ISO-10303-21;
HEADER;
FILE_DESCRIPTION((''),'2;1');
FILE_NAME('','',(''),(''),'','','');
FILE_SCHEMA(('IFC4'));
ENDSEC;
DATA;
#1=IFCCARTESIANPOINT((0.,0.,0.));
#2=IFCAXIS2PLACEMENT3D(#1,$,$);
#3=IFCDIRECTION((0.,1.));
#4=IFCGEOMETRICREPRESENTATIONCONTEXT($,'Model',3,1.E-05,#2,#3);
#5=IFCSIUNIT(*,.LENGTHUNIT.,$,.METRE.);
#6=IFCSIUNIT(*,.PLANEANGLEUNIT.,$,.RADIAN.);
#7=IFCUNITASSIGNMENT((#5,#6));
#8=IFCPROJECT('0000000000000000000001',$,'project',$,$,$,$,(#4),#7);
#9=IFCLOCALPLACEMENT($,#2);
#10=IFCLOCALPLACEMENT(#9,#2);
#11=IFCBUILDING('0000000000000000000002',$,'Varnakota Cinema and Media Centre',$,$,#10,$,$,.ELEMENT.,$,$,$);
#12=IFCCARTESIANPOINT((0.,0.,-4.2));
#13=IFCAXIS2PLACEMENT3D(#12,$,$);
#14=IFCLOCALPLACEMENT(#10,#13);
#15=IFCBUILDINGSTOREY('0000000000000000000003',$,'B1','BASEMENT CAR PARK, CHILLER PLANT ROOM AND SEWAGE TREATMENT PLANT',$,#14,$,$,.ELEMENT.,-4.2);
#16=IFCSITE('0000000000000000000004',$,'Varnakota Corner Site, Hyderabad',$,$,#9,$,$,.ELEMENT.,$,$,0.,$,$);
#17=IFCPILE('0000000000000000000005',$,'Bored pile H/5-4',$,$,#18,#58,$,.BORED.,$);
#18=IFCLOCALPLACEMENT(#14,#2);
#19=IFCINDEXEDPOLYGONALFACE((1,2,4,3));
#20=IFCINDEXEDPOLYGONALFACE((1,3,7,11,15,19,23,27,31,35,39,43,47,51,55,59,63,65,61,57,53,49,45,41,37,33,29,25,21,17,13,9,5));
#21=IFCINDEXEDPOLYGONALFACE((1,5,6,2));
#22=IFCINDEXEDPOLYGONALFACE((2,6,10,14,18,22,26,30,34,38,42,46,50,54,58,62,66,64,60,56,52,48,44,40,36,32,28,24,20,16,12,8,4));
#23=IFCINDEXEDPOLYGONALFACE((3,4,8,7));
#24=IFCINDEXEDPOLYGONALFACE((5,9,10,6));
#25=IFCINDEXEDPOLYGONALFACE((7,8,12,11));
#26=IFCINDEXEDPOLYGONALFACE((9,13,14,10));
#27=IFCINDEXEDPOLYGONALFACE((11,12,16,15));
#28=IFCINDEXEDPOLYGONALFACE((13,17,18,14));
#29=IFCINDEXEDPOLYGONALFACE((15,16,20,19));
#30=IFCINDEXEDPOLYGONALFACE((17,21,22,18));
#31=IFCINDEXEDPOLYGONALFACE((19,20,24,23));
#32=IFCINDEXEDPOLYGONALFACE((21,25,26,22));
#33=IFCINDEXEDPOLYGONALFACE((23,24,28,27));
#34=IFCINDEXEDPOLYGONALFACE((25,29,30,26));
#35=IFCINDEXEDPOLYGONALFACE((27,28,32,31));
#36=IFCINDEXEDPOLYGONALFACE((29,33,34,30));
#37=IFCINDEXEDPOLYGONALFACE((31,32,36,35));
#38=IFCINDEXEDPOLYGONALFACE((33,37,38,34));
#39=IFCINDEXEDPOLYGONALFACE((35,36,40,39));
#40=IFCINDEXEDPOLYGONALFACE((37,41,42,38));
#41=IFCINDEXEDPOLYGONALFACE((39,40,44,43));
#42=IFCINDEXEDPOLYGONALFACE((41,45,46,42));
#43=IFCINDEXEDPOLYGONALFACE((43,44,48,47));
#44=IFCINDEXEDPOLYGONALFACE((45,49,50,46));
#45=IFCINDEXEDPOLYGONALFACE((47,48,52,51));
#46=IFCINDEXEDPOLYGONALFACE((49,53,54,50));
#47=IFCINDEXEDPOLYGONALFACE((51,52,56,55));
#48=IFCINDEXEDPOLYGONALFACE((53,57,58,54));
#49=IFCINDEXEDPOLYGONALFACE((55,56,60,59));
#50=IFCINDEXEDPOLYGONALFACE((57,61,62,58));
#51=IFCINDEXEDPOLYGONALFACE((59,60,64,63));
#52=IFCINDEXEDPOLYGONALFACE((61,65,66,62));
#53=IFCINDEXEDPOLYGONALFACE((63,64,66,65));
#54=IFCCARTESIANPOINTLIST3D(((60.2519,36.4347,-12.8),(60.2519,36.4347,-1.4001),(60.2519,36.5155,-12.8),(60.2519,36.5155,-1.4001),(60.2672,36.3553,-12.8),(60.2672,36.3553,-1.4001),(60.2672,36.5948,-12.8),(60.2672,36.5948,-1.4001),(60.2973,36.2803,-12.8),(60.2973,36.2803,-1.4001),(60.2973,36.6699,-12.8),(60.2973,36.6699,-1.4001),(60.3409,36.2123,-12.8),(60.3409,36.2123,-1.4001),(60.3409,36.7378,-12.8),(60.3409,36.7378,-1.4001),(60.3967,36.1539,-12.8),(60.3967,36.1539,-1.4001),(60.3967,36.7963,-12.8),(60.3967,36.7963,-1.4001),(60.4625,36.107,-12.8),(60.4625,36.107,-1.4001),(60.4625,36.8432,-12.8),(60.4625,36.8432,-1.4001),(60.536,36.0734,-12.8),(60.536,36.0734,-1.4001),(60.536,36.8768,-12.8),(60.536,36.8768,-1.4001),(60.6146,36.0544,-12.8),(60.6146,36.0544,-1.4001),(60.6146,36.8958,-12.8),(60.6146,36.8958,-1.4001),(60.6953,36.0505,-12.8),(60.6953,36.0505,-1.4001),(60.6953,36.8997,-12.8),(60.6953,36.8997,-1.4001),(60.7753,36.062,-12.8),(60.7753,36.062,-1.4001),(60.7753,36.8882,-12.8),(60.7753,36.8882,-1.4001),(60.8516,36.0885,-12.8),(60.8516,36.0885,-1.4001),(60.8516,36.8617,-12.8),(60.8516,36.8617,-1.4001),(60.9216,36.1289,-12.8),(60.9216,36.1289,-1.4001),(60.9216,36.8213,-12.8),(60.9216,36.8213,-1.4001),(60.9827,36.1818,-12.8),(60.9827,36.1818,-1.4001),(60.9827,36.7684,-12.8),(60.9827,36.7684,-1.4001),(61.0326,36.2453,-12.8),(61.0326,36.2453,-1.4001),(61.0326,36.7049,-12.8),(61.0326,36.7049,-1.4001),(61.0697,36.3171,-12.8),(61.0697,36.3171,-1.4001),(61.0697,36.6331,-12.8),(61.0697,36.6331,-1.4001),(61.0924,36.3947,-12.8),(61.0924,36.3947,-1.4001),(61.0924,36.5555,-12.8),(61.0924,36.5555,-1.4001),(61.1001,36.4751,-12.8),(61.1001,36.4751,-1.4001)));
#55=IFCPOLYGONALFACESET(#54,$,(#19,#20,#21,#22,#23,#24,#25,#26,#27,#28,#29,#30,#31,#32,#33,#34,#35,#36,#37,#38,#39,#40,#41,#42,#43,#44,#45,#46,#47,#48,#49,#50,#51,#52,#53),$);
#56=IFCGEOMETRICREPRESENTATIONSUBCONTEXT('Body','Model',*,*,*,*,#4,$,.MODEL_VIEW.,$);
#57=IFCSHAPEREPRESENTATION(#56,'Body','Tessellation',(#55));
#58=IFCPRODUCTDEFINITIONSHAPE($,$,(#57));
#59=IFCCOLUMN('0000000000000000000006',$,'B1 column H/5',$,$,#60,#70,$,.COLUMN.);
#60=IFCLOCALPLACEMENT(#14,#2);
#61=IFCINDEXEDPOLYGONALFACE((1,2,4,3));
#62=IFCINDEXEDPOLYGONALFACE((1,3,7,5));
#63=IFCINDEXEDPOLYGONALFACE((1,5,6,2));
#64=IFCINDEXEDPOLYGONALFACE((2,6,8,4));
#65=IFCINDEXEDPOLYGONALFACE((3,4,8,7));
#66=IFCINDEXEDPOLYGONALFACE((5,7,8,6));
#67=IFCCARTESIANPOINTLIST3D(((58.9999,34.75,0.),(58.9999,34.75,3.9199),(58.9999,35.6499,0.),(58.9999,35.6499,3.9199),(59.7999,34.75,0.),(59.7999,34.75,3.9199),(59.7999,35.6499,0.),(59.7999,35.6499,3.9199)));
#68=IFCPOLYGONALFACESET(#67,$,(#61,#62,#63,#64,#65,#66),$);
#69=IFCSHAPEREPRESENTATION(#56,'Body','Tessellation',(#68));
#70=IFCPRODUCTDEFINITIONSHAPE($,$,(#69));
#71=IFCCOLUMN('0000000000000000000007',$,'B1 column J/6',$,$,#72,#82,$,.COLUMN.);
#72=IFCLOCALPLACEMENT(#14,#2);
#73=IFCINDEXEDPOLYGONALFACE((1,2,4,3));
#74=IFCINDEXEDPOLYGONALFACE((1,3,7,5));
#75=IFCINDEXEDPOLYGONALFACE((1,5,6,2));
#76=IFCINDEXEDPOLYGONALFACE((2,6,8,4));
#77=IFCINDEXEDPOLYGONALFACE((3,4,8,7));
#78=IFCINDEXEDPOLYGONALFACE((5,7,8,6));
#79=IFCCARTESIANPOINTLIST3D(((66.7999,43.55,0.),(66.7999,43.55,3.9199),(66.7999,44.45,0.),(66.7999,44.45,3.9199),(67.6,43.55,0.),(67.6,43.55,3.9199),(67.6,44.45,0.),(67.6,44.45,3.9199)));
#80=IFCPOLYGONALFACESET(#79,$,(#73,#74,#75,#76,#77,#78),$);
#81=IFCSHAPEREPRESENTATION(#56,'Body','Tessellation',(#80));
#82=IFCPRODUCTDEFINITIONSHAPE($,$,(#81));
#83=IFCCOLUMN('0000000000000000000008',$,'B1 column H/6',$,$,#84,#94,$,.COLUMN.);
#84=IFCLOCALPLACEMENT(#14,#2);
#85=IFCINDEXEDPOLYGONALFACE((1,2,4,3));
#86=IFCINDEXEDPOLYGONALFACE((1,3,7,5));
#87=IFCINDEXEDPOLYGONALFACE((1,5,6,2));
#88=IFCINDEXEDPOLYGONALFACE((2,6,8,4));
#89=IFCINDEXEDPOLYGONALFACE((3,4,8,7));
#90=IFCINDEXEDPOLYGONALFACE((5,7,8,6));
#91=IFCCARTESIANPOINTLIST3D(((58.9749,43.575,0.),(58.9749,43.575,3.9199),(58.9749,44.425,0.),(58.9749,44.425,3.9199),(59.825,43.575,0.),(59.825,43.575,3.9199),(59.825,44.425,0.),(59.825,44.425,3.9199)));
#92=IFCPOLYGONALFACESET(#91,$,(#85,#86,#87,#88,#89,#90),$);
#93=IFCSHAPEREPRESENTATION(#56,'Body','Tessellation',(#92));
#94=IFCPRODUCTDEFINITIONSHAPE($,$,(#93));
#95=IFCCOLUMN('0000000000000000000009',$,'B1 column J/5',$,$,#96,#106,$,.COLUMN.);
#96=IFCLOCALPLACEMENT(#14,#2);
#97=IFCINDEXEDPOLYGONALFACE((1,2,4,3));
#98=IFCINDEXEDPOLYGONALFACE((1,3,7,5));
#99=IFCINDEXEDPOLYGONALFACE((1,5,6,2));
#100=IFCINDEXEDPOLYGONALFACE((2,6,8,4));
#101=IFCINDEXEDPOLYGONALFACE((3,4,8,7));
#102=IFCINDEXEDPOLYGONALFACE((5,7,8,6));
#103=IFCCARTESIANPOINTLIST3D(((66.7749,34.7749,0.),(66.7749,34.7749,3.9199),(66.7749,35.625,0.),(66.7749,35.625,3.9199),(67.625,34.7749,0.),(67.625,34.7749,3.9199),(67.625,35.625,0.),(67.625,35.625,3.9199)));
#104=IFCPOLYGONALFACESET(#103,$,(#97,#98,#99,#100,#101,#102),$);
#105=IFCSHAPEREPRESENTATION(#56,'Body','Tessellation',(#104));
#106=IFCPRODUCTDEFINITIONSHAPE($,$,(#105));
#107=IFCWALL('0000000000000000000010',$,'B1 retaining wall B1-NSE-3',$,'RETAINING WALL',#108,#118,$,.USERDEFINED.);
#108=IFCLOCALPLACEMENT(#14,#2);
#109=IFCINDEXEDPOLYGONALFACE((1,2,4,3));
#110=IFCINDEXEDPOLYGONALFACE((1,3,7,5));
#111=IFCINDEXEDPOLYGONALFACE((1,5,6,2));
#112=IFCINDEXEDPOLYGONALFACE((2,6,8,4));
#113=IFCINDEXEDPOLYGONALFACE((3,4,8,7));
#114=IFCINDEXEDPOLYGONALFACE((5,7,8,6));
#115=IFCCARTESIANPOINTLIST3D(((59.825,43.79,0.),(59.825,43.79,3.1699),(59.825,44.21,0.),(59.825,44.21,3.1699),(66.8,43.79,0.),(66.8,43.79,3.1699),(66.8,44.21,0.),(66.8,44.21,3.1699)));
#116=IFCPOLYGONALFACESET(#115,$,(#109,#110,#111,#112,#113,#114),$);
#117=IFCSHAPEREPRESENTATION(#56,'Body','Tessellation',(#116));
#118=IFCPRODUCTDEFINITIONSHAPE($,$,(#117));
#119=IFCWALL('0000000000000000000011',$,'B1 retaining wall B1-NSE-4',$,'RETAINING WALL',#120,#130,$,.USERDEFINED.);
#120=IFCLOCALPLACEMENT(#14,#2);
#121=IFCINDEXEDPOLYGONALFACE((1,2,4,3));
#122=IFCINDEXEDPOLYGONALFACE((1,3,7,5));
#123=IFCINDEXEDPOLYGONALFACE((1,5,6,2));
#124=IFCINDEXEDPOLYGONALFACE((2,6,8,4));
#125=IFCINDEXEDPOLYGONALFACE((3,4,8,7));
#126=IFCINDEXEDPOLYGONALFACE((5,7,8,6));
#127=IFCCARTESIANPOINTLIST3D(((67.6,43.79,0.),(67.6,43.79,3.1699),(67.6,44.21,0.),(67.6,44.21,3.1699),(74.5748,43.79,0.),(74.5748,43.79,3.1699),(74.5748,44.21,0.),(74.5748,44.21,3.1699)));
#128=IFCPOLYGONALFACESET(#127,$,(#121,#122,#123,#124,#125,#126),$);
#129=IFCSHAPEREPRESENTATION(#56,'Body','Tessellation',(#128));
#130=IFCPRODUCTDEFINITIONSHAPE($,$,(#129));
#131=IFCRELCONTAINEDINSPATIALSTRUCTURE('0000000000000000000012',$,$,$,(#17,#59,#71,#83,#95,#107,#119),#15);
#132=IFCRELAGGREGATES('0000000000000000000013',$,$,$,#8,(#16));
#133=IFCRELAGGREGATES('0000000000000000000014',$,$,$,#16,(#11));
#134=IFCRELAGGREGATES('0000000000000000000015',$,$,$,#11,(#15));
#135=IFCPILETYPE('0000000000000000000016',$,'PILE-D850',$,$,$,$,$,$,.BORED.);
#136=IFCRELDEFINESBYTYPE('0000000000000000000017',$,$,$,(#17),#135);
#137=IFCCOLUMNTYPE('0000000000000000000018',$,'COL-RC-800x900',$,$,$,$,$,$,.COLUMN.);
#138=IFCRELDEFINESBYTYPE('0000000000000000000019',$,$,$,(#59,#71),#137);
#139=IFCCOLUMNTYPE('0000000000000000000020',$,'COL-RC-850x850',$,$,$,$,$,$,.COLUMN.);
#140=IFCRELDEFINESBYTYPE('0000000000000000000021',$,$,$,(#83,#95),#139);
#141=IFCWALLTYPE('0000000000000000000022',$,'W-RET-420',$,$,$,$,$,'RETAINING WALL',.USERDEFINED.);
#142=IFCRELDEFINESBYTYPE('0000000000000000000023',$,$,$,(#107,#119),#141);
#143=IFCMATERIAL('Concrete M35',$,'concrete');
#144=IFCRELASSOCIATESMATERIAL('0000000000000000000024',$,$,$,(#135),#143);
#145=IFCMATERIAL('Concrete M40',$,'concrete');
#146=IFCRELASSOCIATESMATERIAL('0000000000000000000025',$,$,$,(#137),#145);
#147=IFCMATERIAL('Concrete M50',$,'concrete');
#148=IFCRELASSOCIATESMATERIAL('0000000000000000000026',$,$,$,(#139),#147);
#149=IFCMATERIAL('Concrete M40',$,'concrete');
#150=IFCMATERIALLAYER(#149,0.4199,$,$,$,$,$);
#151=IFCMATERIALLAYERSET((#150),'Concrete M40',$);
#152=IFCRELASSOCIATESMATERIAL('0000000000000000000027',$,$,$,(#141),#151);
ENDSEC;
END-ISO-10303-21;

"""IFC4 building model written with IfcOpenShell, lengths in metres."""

from ifc_helpers import new_model, si_unit, direction, frame, frame_2d, origin, origin_2d, place, context, subcontext, project, spatial, rectangle, circle, extrude, material, layer, layer_set, material_profile, profile_set, type_object, element, save


model = new_model("IFC4")

# Units and contexts
model_context = context("Model", 3, precision=1e-05, world=origin(), true_north=direction((0.0, 1.0)))
body_context = subcontext(model_context, "Body", "Model", "MODEL_VIEW")
ifc_project = project(units=[si_unit("LENGTHUNIT", "METRE"), si_unit("PLANEANGLEUNIT", "RADIAN")], contexts=[model_context])

# Site, building, storey
site_placement = place(None, origin())
site = spatial("IfcSite", under=ifc_project, at=site_placement, Name="Varnakota Corner Site, Hyderabad", CompositionType="ELEMENT", RefElevation=0.0)
building_placement = place(site_placement, origin())
building = spatial("IfcBuilding", under=site, at=building_placement, Name="Varnakota Cinema and Media Centre", CompositionType="ELEMENT")
storey_placement = place(building_placement, frame((0.0, 0.0, -4.2)))
storey = spatial("IfcBuildingStorey", under=building, at=storey_placement, Name="B1", Description="BASEMENT CAR PARK, CHILLER PLANT ROOM AND SEWAGE TREATMENT PLANT", CompositionType="ELEMENT", Elevation=-4.2)

# Pile
ifc_material_1 = material(Name="Concrete M35", Category="concrete")
ifc_material_profile_1 = material_profile(ifc_material_1, circle(Radius=0.425, at=origin_2d()), Name="PILE D850")
ifc_profile_set_1 = profile_set([ifc_material_profile_1], Name="Concrete M35")
pile_type_1 = type_object("IfcPileType", Name="PILE-D850", PredefinedType="BORED", material=ifc_profile_set_1)
pile_placement = place(storey_placement, frame((60.675, 36.4751, -1.4001), z_axis=(0.0, 0.0, -1.0), x_axis=(1.0, 0.0, 0.0)))
element("IfcPile", 1, at=pile_placement, inside=storey, type_object=pile_type_1, Name="Bored pile H/5-4", PredefinedType="BORED", context=body_context, shape_type="SweptSolid", body=[
    extrude(circle(Radius=0.425, at=origin_2d()), origin(), (0.0, 0.0, 1.0), 11.3999),
])

# Columns
ifc_material_2 = material(Name="Concrete M40", Category="concrete")
ifc_material_profile_2 = material_profile(ifc_material_2, rectangle(XDim=0.8, YDim=0.8999, at=origin_2d()), Name="RC 800x900")
ifc_profile_set_2 = profile_set([ifc_material_profile_2], Name="Concrete M40")
column_type_1 = type_object("IfcColumnType", Name="COL-RC-800x900", PredefinedType="COLUMN", material=ifc_profile_set_2)
for number, where, z_axis, x_axis, name in (
    (2, (59.3999, 35.2, 0.0), (0.0, 0.0, 1.0), (1.0, 0.0, 0.0), "B1 column H/5"),
    (3, (67.2, 44.0, 0.0), (0.0, 0.0, 1.0), (1.0, 0.0, 0.0), "B1 column J/6"),
):
    element("IfcColumn", number, at=place(storey_placement, frame(where, z_axis=z_axis, x_axis=x_axis)), inside=storey, type_object=column_type_1, Name=name, PredefinedType="COLUMN", context=body_context, shape_type="SweptSolid", body=[
        extrude(rectangle(XDim=0.8, YDim=0.8999, at=origin_2d()), origin(), (0.0, 0.0, 1.0), 3.9199),
    ])
ifc_material_3 = material(Name="Concrete M50", Category="concrete")
ifc_material_profile_3 = material_profile(ifc_material_3, rectangle(XDim=0.8501, YDim=0.8501, at=origin_2d()), Name="RC 850x850")
ifc_profile_set_3 = profile_set([ifc_material_profile_3], Name="Concrete M50")
column_type_2 = type_object("IfcColumnType", Name="COL-RC-850x850", PredefinedType="COLUMN", material=ifc_profile_set_3)
for number, where, z_axis, x_axis, name in (
    (4, (59.3999, 44.0, 0.0), (0.0, 0.0, 1.0), (1.0, 0.0, 0.0), "B1 column H/6"),
    (5, (67.2, 35.2, 0.0), (0.0, 0.0, 1.0), (1.0, 0.0, 0.0), "B1 column J/5"),
):
    element("IfcColumn", number, at=place(storey_placement, frame(where, z_axis=z_axis, x_axis=x_axis)), inside=storey, type_object=column_type_2, Name=name, PredefinedType="COLUMN", context=body_context, shape_type="SweptSolid", body=[
        extrude(rectangle(XDim=0.8501, YDim=0.8501, at=origin_2d()), origin(), (0.0, 0.0, 1.0), 3.9199),
    ])

# Walls
ifc_material_4 = material(Name="Concrete M40", Category="concrete")
ifc_layer = layer(ifc_material_4, 0.4199)
ifc_layer_set = layer_set([ifc_layer], Name="Concrete M40")
wall_type = type_object("IfcWallType", Name="W-RET-420", ElementType="RETAINING WALL", PredefinedType="USERDEFINED", material=ifc_layer_set)
wall_1_placement = place(storey_placement, frame((59.825, 44.0, 0.0), z_axis=(0.0, 0.0, 1.0), x_axis=(1.0, 0.0, 0.0)))
element("IfcWall", 6, at=wall_1_placement, inside=storey, type_object=wall_type, Name="B1 retaining wall B1-NSE-3", ObjectType="RETAINING WALL", PredefinedType="USERDEFINED", context=body_context, shape_type="SweptSolid", body=[
    extrude(rectangle(XDim=6.9751, YDim=0.4199, at=frame_2d((3.4875, 0.0))), origin(), (0.0, 0.0, 1.0), 3.1699),
])
wall_2_placement = place(storey_placement, frame((67.6001, 44.0, 0.0), z_axis=(0.0, 0.0, 1.0), x_axis=(1.0, 0.0, 0.0)))
element("IfcWall", 7, at=wall_2_placement, inside=storey, type_object=wall_type, Name="B1 retaining wall B1-NSE-4", ObjectType="RETAINING WALL", PredefinedType="USERDEFINED", context=body_context, shape_type="SweptSolid", body=[
    extrude(rectangle(XDim=6.9749, YDim=0.4199, at=frame_2d((3.4873, 0.0))), origin(), (0.0, 0.0, 1.0), 3.1699),
])

save(model, "model.ifc")
